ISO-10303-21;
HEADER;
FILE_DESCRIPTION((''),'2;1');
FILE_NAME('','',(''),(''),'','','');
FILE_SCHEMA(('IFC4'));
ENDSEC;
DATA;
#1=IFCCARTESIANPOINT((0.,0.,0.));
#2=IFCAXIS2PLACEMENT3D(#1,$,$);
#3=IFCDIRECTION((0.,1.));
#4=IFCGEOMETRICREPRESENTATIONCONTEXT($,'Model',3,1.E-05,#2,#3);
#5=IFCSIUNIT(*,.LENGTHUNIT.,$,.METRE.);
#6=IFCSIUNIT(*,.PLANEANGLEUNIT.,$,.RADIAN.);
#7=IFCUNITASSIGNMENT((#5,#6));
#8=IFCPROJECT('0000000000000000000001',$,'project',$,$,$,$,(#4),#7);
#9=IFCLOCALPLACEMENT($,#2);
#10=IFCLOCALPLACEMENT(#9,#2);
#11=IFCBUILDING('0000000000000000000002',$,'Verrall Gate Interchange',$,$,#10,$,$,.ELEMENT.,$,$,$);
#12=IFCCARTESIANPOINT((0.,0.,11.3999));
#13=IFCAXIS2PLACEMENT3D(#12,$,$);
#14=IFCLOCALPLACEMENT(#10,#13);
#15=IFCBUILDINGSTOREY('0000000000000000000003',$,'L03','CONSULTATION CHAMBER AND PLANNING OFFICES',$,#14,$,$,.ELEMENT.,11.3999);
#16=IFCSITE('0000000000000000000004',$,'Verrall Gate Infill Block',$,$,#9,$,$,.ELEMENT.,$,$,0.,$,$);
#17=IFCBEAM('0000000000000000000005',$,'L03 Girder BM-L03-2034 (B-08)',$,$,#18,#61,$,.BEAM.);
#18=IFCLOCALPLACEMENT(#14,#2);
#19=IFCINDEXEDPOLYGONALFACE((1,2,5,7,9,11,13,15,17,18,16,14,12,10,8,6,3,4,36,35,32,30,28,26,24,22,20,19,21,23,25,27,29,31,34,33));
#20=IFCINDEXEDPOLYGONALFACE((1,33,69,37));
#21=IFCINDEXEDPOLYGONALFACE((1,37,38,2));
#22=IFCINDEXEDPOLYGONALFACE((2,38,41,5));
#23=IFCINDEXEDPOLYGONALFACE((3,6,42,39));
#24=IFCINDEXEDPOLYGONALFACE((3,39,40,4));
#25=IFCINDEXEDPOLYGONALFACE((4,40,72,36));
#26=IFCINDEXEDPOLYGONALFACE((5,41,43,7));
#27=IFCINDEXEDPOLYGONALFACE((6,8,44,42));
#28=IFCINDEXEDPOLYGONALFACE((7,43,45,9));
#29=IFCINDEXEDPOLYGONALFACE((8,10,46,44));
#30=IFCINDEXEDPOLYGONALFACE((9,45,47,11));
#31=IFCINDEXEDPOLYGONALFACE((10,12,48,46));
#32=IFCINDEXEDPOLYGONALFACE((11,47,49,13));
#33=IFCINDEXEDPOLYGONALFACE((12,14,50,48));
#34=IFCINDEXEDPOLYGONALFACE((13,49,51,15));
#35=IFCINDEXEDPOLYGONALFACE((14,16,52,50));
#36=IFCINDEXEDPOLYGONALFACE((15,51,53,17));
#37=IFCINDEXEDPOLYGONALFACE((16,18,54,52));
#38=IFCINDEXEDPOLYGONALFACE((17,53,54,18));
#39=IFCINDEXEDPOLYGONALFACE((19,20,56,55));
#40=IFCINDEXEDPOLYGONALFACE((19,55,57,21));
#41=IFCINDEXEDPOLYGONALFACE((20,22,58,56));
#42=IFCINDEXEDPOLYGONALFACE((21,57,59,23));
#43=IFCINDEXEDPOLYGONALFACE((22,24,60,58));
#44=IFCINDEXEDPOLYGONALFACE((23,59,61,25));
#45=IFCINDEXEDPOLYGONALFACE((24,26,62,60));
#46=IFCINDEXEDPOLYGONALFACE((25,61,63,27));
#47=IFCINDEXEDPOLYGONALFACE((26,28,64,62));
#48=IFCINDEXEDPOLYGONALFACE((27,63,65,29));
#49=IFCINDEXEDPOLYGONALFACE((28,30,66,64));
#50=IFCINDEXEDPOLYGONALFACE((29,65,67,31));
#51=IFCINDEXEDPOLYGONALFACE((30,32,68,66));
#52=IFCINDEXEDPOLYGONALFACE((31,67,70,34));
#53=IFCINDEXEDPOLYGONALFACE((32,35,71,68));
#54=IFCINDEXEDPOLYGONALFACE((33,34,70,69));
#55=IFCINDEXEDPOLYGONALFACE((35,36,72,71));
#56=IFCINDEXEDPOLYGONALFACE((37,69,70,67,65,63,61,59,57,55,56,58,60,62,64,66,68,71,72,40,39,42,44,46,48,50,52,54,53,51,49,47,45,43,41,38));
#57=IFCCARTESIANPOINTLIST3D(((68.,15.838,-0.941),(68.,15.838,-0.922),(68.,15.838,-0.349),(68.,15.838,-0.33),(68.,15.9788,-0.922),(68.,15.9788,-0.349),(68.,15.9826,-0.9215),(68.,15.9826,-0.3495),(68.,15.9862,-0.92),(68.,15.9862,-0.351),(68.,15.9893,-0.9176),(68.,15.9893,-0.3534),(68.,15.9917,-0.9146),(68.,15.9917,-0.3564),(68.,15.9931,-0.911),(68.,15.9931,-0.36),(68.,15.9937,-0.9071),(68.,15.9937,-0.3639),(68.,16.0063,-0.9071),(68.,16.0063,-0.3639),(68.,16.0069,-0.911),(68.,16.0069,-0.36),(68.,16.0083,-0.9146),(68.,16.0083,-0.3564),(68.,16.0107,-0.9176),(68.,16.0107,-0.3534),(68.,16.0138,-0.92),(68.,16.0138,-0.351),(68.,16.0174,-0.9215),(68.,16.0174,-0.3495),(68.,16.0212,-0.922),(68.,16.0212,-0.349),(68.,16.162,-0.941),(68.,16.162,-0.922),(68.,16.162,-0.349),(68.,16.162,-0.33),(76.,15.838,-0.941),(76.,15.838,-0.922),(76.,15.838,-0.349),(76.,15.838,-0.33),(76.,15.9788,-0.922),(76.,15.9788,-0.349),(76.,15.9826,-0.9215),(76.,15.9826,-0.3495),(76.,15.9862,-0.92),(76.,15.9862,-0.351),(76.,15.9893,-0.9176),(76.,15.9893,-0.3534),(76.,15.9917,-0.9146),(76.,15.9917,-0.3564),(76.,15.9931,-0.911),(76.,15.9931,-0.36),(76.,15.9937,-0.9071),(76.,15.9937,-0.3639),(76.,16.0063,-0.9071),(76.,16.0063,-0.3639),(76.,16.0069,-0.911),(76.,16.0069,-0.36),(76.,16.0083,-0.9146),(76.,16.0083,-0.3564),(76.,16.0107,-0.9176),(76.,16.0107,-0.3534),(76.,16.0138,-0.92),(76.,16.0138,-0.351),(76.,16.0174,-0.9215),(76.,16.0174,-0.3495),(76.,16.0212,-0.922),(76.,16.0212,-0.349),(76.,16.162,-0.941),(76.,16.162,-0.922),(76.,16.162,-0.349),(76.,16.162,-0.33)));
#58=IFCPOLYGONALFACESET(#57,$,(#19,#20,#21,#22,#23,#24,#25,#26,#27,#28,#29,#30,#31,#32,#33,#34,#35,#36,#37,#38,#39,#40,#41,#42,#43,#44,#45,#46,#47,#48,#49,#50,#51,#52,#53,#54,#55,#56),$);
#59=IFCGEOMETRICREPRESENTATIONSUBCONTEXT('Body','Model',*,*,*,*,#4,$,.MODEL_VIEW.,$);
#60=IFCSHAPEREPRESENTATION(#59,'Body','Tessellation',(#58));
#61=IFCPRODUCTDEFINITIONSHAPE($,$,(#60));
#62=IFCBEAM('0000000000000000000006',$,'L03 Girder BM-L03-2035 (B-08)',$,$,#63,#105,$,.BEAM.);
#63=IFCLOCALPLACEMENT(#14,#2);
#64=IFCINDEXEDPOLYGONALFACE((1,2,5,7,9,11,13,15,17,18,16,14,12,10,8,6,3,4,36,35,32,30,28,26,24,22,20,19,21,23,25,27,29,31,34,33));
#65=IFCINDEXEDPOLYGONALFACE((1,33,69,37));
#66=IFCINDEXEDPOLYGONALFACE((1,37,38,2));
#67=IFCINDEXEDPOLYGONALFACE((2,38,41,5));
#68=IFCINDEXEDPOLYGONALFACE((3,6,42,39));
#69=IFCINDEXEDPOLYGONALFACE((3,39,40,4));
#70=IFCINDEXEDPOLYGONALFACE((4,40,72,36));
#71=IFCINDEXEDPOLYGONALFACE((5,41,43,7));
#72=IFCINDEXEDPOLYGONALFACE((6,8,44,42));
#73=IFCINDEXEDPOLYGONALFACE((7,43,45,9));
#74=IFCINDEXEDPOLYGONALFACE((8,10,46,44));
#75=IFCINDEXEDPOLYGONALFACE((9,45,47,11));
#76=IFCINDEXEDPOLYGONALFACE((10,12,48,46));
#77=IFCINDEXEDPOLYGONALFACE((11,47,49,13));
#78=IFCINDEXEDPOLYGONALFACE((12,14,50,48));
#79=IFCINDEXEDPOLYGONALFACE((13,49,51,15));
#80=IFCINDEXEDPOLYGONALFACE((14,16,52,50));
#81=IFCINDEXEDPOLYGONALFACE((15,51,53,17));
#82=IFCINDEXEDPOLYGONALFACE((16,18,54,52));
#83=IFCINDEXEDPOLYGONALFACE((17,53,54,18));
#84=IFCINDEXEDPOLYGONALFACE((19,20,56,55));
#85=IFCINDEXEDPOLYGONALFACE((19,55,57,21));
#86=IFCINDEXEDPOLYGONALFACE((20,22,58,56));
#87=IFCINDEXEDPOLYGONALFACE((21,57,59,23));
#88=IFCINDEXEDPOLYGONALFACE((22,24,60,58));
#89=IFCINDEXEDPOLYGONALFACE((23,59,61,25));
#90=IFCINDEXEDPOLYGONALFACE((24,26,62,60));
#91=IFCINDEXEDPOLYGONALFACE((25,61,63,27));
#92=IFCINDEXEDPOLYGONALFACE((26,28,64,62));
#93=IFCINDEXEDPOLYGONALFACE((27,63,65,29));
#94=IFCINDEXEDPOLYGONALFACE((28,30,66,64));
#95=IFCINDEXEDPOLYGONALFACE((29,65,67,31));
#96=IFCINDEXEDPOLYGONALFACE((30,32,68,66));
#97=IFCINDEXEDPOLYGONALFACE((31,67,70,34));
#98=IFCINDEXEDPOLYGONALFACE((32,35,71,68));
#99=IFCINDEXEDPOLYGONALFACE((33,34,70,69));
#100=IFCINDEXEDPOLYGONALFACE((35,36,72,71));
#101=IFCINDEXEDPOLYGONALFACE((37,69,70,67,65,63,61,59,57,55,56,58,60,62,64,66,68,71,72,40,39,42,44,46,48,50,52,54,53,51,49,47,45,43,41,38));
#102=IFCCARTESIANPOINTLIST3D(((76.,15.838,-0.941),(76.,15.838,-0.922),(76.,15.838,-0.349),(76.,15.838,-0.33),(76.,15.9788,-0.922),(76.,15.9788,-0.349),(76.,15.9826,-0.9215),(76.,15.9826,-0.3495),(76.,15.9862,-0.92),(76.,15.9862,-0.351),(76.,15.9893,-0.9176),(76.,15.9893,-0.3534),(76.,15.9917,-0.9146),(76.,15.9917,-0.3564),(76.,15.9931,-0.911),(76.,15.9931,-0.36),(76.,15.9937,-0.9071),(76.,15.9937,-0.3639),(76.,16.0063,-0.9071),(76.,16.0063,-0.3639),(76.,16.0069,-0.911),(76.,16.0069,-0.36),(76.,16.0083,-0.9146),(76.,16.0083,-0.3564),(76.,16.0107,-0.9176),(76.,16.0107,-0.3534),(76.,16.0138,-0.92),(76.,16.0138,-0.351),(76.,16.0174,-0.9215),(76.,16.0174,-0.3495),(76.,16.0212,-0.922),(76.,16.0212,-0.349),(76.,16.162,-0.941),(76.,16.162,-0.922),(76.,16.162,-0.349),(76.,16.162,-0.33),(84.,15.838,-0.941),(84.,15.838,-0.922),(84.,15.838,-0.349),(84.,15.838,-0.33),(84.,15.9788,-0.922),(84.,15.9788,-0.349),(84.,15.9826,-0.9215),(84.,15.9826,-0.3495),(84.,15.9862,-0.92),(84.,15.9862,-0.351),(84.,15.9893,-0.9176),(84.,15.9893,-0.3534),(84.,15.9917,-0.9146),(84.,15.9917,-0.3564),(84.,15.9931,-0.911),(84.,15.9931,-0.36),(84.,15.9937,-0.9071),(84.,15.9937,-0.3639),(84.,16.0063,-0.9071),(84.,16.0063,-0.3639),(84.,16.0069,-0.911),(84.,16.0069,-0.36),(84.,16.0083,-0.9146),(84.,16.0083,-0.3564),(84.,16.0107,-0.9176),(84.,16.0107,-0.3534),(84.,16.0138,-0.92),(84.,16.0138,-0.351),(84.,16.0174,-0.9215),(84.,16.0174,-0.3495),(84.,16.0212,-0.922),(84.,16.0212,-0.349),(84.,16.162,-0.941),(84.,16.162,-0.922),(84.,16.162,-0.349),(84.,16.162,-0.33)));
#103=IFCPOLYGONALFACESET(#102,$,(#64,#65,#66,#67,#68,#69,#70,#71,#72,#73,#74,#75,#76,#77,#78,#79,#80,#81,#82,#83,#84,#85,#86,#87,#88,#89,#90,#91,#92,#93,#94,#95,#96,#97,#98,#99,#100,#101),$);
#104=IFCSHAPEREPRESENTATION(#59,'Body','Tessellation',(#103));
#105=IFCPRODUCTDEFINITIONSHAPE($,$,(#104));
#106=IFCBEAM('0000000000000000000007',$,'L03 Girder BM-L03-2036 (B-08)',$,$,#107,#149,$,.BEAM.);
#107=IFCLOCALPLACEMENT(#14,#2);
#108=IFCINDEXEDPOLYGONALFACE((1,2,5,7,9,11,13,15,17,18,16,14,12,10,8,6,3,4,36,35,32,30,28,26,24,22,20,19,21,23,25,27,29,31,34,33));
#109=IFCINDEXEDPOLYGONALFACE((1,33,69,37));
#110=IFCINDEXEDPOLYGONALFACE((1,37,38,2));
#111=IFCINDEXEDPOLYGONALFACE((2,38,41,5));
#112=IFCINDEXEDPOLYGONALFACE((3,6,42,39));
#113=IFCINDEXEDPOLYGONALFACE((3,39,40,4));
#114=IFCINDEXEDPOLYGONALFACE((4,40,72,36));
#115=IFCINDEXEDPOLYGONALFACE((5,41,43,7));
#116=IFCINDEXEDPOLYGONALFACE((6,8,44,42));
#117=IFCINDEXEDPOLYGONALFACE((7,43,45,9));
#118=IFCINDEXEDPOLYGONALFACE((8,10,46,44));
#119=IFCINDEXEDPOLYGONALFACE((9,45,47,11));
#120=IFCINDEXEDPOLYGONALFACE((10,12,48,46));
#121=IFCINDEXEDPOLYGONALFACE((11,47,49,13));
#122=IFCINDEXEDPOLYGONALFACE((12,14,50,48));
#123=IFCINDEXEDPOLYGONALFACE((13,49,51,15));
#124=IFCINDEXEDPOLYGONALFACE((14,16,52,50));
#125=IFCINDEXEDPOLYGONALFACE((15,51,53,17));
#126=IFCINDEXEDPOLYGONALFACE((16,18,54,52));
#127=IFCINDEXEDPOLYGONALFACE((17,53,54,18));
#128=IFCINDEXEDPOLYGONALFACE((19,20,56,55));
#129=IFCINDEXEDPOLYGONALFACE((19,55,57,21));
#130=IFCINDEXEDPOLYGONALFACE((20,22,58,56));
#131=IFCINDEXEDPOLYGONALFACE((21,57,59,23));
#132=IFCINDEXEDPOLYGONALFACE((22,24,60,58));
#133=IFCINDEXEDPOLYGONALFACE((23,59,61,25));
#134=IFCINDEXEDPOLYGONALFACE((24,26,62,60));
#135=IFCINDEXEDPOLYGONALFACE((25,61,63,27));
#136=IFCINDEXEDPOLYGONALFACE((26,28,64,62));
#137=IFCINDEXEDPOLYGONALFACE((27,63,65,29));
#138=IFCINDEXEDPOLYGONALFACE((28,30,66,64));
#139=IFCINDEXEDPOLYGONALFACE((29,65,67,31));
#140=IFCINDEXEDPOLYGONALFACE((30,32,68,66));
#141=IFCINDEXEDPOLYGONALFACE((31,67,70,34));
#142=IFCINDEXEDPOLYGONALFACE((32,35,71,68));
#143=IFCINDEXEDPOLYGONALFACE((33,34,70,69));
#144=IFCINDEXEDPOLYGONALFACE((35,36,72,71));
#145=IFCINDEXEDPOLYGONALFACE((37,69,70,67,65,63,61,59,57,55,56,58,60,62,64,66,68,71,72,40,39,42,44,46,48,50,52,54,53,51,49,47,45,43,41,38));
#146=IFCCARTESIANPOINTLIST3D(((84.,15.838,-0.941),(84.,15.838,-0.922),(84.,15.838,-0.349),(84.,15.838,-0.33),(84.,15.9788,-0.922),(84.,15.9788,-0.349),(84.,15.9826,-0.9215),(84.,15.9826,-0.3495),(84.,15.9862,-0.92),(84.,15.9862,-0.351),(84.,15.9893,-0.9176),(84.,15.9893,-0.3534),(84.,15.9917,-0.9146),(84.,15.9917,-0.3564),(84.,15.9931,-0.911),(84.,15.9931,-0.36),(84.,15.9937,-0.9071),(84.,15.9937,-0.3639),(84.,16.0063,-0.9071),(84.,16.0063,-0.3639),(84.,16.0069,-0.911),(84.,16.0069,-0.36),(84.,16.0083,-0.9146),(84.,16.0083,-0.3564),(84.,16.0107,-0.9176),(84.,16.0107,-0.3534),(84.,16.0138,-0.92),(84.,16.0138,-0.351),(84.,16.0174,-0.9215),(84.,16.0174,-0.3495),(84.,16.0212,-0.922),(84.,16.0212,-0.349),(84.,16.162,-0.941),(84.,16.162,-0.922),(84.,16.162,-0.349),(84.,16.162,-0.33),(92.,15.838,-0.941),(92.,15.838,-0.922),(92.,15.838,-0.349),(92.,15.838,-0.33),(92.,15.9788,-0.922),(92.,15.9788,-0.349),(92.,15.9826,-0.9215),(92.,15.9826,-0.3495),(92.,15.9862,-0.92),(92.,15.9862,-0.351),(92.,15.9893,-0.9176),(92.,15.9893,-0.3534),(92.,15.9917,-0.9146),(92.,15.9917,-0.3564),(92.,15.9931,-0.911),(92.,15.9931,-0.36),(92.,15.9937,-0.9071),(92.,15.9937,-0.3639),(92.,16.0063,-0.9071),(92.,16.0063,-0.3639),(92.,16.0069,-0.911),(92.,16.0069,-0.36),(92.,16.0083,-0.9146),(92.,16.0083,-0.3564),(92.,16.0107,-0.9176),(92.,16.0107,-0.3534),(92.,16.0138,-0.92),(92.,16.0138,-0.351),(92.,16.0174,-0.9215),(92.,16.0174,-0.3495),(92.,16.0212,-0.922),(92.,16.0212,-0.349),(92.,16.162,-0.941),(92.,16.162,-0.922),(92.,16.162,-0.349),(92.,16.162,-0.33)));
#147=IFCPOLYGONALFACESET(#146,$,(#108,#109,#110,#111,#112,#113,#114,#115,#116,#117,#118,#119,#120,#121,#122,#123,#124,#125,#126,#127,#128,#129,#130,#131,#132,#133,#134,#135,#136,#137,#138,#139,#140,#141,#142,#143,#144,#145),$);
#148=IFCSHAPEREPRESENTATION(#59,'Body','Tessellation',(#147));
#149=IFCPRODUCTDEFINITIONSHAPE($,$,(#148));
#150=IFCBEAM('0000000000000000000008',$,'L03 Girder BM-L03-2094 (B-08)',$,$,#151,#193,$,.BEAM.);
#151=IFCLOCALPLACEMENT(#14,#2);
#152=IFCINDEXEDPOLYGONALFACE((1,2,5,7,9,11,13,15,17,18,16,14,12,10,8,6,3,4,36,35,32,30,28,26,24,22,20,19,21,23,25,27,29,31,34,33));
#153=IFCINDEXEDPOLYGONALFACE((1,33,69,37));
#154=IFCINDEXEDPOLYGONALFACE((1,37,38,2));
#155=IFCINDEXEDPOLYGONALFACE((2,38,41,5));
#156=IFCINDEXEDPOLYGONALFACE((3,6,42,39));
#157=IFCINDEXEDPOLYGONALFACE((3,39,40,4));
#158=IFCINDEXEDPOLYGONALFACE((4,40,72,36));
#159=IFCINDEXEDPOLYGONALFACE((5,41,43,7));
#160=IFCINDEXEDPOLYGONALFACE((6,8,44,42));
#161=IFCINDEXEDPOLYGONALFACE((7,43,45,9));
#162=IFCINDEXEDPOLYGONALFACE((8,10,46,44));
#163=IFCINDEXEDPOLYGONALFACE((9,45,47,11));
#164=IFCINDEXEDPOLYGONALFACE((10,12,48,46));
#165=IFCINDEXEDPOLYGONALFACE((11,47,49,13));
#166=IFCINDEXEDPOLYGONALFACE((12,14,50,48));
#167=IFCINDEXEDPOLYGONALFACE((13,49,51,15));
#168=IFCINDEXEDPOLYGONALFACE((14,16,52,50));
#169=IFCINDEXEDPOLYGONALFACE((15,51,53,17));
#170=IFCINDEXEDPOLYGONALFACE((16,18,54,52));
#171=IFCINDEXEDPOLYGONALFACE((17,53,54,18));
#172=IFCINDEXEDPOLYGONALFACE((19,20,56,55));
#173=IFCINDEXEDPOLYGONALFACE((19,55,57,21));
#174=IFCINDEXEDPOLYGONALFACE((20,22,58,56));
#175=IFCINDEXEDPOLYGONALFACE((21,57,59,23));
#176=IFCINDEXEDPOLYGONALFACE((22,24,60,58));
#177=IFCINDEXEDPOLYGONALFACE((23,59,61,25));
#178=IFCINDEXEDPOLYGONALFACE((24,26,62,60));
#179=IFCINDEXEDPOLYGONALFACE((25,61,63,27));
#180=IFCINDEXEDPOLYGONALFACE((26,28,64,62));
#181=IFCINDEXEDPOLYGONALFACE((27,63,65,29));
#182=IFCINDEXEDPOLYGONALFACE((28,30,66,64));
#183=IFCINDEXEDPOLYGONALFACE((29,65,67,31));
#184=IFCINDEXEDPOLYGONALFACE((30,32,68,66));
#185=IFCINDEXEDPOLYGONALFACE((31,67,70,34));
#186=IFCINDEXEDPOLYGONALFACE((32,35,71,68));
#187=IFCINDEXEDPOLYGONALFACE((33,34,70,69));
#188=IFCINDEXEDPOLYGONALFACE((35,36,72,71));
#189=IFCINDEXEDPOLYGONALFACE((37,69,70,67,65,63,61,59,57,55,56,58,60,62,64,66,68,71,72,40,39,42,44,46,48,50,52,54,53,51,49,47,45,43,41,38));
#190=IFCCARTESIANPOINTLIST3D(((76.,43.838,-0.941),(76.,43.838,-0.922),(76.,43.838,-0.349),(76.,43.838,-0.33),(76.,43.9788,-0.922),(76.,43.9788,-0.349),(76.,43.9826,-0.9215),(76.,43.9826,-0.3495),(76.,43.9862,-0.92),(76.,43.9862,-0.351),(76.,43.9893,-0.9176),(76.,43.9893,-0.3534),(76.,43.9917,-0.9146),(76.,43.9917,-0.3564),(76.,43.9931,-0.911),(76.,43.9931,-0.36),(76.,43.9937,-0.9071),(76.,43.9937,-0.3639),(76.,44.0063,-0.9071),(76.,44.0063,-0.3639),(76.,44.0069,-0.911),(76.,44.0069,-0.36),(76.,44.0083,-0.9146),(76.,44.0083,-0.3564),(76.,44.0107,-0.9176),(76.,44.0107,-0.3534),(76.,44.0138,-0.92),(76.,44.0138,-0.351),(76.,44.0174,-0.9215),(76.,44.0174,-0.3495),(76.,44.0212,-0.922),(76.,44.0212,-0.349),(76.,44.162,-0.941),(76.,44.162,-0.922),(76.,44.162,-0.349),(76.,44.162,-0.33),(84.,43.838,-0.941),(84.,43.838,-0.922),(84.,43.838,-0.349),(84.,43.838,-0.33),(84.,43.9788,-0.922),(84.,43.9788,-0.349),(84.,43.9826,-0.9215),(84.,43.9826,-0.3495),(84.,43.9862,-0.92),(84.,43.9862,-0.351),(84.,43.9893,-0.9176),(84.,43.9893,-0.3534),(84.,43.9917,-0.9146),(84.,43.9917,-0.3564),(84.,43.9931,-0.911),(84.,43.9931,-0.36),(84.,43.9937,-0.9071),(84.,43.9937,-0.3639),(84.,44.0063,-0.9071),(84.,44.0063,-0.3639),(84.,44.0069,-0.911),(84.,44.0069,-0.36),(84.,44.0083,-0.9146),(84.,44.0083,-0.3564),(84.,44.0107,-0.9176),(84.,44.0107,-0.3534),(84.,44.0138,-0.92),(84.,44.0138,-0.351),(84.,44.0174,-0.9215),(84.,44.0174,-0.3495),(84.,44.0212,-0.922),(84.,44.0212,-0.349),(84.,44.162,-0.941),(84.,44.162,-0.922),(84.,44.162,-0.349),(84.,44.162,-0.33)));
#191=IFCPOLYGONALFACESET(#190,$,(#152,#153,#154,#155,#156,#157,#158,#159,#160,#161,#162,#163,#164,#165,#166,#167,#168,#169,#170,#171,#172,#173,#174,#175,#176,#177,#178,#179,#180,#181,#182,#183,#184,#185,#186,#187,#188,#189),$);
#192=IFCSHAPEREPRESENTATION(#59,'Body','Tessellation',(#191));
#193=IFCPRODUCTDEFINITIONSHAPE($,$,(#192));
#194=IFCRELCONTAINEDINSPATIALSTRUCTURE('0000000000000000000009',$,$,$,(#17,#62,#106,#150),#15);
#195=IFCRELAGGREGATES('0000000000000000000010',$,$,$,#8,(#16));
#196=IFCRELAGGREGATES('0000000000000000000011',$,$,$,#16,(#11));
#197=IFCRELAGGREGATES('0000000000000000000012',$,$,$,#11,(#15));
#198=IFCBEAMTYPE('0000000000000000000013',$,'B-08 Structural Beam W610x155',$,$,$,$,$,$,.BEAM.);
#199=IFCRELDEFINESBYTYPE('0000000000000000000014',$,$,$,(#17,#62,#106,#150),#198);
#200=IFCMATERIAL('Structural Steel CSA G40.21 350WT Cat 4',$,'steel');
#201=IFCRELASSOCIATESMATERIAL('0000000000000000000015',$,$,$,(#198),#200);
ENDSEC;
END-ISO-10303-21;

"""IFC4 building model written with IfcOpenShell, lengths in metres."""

from ifc_helpers import new_model, si_unit, direction, frame, origin, origin_2d, place, context, subcontext, project, spatial, i_section, extrude, material, material_profile, profile_set, type_object, element, save


model = new_model("IFC4")

# Units and contexts
model_context = context("Model", 3, precision=1e-05, world=origin(), true_north=direction((0.0, 1.0)))
body_context = subcontext(model_context, "Body", "Model", "MODEL_VIEW")
ifc_project = project(units=[si_unit("LENGTHUNIT", "METRE"), si_unit("PLANEANGLEUNIT", "RADIAN")], contexts=[model_context])

# Site, building, storey
site_placement = place(None, origin())
site = spatial("IfcSite", under=ifc_project, at=site_placement, Name="Verrall Gate Infill Block", CompositionType="ELEMENT", RefElevation=0.0)
building_placement = place(site_placement, origin())
building = spatial("IfcBuilding", under=site, at=building_placement, Name="Verrall Gate Interchange", CompositionType="ELEMENT")
storey_placement = place(building_placement, frame((0.0, 0.0, 11.3999)))
storey = spatial("IfcBuildingStorey", under=building, at=storey_placement, Name="L03", Description="CONSULTATION CHAMBER AND PLANNING OFFICES", CompositionType="ELEMENT", Elevation=11.3999)

# Beams
ifc_material_1 = material(Name="Structural Steel CSA G40.21 350WT Cat 4", Category="steel")
ifc_material_profile_1 = material_profile(ifc_material_1, i_section(OverallWidth=0.324, OverallDepth=0.6111, WebThickness=0.0127, FlangeThickness=0.019, FilletRadius=0.0149, at=origin_2d()), Name="W610x155")
ifc_profile_set_1 = profile_set([ifc_material_profile_1], Name="Structural Steel CSA G40.21 350WT Cat 4")
beam_type_1 = type_object("IfcBeamType", Name="B-08 Structural Beam W610x155", PredefinedType="BEAM", material=ifc_profile_set_1)
for number, where, z_axis, x_axis, name in (
    (1, (68.0, 16.0, -0.6355), (1.0, 0.0, 0.0), (0.0, 1.0, 0.0), "L03 Girder BM-L03-2034 (B-08)"),
    (2, (76.0, 16.0, -0.6355), (1.0, 0.0, 0.0), (0.0, 1.0, 0.0), "L03 Girder BM-L03-2035 (B-08)"),
    (3, (84.0, 16.0, -0.6355), (1.0, 0.0, 0.0), (0.0, 1.0, 0.0), "L03 Girder BM-L03-2036 (B-08)"),
    (4, (76.0, 44.0, -0.6355), (1.0, 0.0, 0.0), (0.0, 1.0, 0.0), "L03 Girder BM-L03-2094 (B-08)"),
):
    element("IfcBeam", number, at=place(storey_placement, frame(where, z_axis=z_axis, x_axis=x_axis)), inside=storey, type_object=beam_type_1, Name=name, PredefinedType="BEAM", context=body_context, shape_type="SweptSolid", body=[
        extrude(i_section(OverallWidth=0.324, OverallDepth=0.6111, WebThickness=0.0127, FlangeThickness=0.019, FilletRadius=0.0149, at=origin_2d()), origin(), (0.0, 0.0, 1.0), 8.0),
    ])

save(model, "model.ifc")
